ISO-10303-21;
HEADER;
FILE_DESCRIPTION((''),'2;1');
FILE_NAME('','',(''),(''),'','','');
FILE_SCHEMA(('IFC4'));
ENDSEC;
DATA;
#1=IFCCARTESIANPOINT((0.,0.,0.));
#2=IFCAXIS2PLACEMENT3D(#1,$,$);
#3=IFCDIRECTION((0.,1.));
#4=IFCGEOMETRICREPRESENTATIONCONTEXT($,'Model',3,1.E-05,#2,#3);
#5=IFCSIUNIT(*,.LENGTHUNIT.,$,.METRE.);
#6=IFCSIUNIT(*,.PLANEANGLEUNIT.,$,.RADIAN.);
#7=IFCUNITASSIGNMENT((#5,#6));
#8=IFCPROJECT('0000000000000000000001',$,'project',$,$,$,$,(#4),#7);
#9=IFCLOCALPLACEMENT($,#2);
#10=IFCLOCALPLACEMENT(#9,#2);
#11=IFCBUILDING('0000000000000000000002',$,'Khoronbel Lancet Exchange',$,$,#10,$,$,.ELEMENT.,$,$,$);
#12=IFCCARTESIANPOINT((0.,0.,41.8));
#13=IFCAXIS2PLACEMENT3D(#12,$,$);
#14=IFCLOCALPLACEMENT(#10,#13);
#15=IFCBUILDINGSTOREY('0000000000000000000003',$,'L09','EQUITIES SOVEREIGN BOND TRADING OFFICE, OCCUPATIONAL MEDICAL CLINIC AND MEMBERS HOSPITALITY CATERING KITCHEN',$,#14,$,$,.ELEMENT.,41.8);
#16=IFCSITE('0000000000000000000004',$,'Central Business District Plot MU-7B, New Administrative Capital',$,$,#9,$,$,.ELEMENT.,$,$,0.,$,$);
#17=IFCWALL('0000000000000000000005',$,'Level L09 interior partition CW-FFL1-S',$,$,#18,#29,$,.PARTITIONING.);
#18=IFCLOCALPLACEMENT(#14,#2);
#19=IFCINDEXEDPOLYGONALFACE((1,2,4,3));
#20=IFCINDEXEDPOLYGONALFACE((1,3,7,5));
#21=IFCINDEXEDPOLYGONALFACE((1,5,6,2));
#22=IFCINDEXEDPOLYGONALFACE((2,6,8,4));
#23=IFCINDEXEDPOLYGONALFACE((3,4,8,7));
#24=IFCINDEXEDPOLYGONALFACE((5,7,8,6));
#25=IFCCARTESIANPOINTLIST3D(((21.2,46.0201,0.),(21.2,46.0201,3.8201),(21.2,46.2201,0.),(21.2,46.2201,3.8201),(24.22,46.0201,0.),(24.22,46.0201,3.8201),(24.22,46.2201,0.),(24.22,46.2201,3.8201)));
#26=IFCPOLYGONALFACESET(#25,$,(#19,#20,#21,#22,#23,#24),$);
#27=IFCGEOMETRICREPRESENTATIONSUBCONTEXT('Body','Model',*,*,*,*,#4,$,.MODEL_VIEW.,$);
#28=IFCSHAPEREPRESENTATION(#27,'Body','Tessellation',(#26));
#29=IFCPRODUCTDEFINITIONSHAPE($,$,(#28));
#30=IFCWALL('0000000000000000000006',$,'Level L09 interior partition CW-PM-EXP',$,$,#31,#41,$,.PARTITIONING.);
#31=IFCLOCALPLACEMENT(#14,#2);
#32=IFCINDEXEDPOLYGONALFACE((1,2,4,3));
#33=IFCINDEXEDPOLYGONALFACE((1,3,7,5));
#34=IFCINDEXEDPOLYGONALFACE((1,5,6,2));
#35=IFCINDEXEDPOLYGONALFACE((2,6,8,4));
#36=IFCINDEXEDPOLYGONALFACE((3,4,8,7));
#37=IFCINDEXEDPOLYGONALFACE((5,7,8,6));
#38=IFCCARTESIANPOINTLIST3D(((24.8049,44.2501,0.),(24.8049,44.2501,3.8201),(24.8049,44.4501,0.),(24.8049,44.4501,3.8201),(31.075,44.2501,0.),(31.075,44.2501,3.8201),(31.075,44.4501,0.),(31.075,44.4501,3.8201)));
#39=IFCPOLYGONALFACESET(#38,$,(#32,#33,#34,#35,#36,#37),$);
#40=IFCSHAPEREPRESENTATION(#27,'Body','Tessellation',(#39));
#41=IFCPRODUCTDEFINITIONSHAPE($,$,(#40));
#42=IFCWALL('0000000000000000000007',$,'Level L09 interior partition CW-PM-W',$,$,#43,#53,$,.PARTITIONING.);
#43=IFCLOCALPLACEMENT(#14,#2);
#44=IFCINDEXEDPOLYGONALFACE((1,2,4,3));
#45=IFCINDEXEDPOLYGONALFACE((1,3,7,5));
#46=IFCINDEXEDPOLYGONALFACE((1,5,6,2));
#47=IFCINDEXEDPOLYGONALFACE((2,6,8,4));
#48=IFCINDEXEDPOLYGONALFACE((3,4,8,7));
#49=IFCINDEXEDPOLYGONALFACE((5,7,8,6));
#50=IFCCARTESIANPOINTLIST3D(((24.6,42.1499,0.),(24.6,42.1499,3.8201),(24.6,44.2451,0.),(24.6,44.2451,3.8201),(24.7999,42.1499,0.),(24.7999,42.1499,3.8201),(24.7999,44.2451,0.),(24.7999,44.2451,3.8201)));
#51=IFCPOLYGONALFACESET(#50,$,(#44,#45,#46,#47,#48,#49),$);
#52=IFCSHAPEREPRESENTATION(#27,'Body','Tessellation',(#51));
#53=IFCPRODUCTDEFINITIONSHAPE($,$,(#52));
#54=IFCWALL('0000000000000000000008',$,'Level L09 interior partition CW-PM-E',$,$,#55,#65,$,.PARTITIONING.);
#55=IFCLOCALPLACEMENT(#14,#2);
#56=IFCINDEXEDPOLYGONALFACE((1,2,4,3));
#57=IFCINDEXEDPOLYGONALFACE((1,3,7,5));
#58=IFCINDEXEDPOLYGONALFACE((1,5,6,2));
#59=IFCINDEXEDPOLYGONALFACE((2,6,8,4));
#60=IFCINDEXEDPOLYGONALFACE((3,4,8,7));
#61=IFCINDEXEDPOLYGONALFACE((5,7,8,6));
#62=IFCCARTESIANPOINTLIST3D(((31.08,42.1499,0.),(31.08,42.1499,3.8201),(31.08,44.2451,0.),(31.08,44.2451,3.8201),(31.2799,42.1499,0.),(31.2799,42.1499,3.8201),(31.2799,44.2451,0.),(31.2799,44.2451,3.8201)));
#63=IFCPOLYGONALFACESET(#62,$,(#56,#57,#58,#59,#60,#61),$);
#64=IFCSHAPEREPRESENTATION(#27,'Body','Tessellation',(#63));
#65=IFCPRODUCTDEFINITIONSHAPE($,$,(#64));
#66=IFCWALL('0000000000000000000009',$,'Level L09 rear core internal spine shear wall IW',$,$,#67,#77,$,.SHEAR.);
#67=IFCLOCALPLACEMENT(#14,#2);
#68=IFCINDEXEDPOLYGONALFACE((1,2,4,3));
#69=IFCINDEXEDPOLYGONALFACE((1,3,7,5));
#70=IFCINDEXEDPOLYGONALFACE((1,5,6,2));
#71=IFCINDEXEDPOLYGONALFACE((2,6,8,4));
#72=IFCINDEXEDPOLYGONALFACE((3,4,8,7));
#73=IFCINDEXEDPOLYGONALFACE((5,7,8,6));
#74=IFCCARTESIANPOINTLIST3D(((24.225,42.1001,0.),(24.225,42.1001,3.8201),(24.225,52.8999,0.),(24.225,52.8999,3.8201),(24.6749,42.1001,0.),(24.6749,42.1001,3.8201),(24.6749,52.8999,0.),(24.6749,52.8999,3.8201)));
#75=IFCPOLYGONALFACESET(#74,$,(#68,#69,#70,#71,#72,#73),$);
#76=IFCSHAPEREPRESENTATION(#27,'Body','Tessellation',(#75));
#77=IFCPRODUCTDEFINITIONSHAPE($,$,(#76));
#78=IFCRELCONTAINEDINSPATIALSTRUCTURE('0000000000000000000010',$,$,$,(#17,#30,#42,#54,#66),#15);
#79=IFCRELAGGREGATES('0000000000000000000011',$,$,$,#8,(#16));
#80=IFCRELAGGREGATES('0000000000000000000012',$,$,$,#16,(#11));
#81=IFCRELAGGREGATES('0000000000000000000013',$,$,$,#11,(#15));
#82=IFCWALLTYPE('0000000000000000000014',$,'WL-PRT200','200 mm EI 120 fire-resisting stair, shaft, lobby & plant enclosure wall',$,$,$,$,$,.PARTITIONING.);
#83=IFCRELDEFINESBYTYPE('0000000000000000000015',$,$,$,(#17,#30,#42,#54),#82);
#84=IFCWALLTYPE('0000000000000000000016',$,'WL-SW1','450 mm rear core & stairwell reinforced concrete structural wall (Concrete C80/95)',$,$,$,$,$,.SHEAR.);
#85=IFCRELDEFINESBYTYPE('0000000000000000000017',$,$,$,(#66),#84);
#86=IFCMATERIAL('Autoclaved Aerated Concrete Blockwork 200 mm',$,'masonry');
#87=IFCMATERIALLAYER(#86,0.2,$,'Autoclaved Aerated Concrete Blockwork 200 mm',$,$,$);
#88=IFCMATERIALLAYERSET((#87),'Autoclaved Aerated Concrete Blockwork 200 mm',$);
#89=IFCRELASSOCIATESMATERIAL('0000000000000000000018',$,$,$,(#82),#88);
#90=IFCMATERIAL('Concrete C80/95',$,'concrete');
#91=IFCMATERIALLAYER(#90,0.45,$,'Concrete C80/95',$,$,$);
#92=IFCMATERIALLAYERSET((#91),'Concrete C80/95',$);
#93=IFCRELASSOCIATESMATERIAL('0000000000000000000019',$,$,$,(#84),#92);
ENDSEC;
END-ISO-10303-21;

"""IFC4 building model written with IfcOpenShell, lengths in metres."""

from ifc_helpers import new_model, si_unit, direction, frame, frame_2d, origin, place, context, subcontext, project, spatial, rectangle, extrude, material, layer, layer_set, type_object, element, save


model = new_model("IFC4")

# Units and contexts
model_context = context("Model", 3, precision=1e-05, world=origin(), true_north=direction((0.0, 1.0)))
body_context = subcontext(model_context, "Body", "Model", "MODEL_VIEW")
ifc_project = project(units=[si_unit("LENGTHUNIT", "METRE"), si_unit("PLANEANGLEUNIT", "RADIAN")], contexts=[model_context])

# Site, building, storey
site_placement = place(None, origin())
site = spatial("IfcSite", under=ifc_project, at=site_placement, Name="Central Business District Plot MU-7B, New Administrative Capital", CompositionType="ELEMENT", RefElevation=0.0)
building_placement = place(site_placement, origin())
building = spatial("IfcBuilding", under=site, at=building_placement, Name="Khoronbel Lancet Exchange", CompositionType="ELEMENT")
storey_placement = place(building_placement, frame((0.0, 0.0, 41.8)))
storey = spatial("IfcBuildingStorey", under=building, at=storey_placement, Name="L09", Description="EQUITIES SOVEREIGN BOND TRADING OFFICE, OCCUPATIONAL MEDICAL CLINIC AND MEMBERS HOSPITALITY CATERING KITCHEN", CompositionType="ELEMENT", Elevation=41.8)

# Shared definitions
ifc_material_1 = material(Name="Concrete C80/95", Category="concrete")

# Shared definitions
ifc_material_2 = material(Name="Autoclaved Aerated Concrete Blockwork 200 mm", Category="masonry")
ifc_layer_1 = layer(ifc_material_2, 0.2, Name="Autoclaved Aerated Concrete Blockwork 200 mm")
ifc_layer_set_1 = layer_set([ifc_layer_1], Name="Autoclaved Aerated Concrete Blockwork 200 mm")
wall_type_1 = type_object("IfcWallType", Name="WL-PRT200", Description="200 mm EI 120 fire-resisting stair, shaft, lobby & plant enclosure wall", PredefinedType="PARTITIONING", material=ifc_layer_set_1)

# Wall
wall_1_placement = place(storey_placement, frame((21.2, 46.1201, 0.0), z_axis=(0.0, 0.0, 1.0), x_axis=(1.0, 0.0, 0.0)))
element("IfcWall", 1, at=wall_1_placement, inside=storey, type_object=wall_type_1, Name="Level L09 interior partition CW-FFL1-S", PredefinedType="PARTITIONING", context=body_context, shape_type="SweptSolid", body=[
    extrude(rectangle(XDim=3.02, YDim=0.2, at=frame_2d((1.51, 0.0))), origin(), (0.0, 0.0, 1.0), 3.8201),
])

# Walls
wall_2_placement = place(storey_placement, frame((24.8049, 44.3501, 0.0), z_axis=(0.0, 0.0, 1.0), x_axis=(1.0, 0.0, 0.0)))
element("IfcWall", 2, at=wall_2_placement, inside=storey, type_object=wall_type_1, Name="Level L09 interior partition CW-PM-EXP", PredefinedType="PARTITIONING", context=body_context, shape_type="SweptSolid", body=[
    extrude(rectangle(XDim=6.27, YDim=0.2, at=frame_2d((3.135, 0.0))), origin(), (0.0, 0.0, 1.0), 3.8201),
])
for number, where, z_axis, x_axis, name in (
    (3, (24.7, 42.1499, 0.0), (0.0, 0.0, 1.0), (0.0, 1.0, 0.0), "Level L09 interior partition CW-PM-W"),
    (4, (31.1799, 42.1499, 0.0), (0.0, 0.0, 1.0), (0.0, 1.0, 0.0), "Level L09 interior partition CW-PM-E"),
):
    element("IfcWall", number, at=place(storey_placement, frame(where, z_axis=z_axis, x_axis=x_axis)), inside=storey, type_object=wall_type_1, Name=name, PredefinedType="PARTITIONING", context=body_context, shape_type="SweptSolid", body=[
        extrude(rectangle(XDim=2.0952, YDim=0.2, at=frame_2d((1.0476, 0.0))), origin(), (0.0, 0.0, 1.0), 3.8201),
    ])
ifc_layer_2 = layer(ifc_material_1, 0.45, Name="Concrete C80/95")
ifc_layer_set_2 = layer_set([ifc_layer_2], Name="Concrete C80/95")
wall_type_2 = type_object("IfcWallType", Name="WL-SW1", Description="450 mm rear core & stairwell reinforced concrete structural wall (Concrete C80/95)", PredefinedType="SHEAR", material=ifc_layer_set_2)
wall_3_placement = place(storey_placement, frame((24.45, 42.1001, 0.0), z_axis=(0.0, 0.0, 1.0), x_axis=(0.0, 1.0, 0.0)))
element("IfcWall", 5, at=wall_3_placement, inside=storey, type_object=wall_type_2, Name="Level L09 rear core internal spine shear wall IW", PredefinedType="SHEAR", context=body_context, shape_type="SweptSolid", body=[
    extrude(rectangle(XDim=10.7998, YDim=0.45, at=frame_2d((5.3999, 0.0))), origin(), (0.0, 0.0, 1.0), 3.8201),
])

save(model, "model.ifc")
